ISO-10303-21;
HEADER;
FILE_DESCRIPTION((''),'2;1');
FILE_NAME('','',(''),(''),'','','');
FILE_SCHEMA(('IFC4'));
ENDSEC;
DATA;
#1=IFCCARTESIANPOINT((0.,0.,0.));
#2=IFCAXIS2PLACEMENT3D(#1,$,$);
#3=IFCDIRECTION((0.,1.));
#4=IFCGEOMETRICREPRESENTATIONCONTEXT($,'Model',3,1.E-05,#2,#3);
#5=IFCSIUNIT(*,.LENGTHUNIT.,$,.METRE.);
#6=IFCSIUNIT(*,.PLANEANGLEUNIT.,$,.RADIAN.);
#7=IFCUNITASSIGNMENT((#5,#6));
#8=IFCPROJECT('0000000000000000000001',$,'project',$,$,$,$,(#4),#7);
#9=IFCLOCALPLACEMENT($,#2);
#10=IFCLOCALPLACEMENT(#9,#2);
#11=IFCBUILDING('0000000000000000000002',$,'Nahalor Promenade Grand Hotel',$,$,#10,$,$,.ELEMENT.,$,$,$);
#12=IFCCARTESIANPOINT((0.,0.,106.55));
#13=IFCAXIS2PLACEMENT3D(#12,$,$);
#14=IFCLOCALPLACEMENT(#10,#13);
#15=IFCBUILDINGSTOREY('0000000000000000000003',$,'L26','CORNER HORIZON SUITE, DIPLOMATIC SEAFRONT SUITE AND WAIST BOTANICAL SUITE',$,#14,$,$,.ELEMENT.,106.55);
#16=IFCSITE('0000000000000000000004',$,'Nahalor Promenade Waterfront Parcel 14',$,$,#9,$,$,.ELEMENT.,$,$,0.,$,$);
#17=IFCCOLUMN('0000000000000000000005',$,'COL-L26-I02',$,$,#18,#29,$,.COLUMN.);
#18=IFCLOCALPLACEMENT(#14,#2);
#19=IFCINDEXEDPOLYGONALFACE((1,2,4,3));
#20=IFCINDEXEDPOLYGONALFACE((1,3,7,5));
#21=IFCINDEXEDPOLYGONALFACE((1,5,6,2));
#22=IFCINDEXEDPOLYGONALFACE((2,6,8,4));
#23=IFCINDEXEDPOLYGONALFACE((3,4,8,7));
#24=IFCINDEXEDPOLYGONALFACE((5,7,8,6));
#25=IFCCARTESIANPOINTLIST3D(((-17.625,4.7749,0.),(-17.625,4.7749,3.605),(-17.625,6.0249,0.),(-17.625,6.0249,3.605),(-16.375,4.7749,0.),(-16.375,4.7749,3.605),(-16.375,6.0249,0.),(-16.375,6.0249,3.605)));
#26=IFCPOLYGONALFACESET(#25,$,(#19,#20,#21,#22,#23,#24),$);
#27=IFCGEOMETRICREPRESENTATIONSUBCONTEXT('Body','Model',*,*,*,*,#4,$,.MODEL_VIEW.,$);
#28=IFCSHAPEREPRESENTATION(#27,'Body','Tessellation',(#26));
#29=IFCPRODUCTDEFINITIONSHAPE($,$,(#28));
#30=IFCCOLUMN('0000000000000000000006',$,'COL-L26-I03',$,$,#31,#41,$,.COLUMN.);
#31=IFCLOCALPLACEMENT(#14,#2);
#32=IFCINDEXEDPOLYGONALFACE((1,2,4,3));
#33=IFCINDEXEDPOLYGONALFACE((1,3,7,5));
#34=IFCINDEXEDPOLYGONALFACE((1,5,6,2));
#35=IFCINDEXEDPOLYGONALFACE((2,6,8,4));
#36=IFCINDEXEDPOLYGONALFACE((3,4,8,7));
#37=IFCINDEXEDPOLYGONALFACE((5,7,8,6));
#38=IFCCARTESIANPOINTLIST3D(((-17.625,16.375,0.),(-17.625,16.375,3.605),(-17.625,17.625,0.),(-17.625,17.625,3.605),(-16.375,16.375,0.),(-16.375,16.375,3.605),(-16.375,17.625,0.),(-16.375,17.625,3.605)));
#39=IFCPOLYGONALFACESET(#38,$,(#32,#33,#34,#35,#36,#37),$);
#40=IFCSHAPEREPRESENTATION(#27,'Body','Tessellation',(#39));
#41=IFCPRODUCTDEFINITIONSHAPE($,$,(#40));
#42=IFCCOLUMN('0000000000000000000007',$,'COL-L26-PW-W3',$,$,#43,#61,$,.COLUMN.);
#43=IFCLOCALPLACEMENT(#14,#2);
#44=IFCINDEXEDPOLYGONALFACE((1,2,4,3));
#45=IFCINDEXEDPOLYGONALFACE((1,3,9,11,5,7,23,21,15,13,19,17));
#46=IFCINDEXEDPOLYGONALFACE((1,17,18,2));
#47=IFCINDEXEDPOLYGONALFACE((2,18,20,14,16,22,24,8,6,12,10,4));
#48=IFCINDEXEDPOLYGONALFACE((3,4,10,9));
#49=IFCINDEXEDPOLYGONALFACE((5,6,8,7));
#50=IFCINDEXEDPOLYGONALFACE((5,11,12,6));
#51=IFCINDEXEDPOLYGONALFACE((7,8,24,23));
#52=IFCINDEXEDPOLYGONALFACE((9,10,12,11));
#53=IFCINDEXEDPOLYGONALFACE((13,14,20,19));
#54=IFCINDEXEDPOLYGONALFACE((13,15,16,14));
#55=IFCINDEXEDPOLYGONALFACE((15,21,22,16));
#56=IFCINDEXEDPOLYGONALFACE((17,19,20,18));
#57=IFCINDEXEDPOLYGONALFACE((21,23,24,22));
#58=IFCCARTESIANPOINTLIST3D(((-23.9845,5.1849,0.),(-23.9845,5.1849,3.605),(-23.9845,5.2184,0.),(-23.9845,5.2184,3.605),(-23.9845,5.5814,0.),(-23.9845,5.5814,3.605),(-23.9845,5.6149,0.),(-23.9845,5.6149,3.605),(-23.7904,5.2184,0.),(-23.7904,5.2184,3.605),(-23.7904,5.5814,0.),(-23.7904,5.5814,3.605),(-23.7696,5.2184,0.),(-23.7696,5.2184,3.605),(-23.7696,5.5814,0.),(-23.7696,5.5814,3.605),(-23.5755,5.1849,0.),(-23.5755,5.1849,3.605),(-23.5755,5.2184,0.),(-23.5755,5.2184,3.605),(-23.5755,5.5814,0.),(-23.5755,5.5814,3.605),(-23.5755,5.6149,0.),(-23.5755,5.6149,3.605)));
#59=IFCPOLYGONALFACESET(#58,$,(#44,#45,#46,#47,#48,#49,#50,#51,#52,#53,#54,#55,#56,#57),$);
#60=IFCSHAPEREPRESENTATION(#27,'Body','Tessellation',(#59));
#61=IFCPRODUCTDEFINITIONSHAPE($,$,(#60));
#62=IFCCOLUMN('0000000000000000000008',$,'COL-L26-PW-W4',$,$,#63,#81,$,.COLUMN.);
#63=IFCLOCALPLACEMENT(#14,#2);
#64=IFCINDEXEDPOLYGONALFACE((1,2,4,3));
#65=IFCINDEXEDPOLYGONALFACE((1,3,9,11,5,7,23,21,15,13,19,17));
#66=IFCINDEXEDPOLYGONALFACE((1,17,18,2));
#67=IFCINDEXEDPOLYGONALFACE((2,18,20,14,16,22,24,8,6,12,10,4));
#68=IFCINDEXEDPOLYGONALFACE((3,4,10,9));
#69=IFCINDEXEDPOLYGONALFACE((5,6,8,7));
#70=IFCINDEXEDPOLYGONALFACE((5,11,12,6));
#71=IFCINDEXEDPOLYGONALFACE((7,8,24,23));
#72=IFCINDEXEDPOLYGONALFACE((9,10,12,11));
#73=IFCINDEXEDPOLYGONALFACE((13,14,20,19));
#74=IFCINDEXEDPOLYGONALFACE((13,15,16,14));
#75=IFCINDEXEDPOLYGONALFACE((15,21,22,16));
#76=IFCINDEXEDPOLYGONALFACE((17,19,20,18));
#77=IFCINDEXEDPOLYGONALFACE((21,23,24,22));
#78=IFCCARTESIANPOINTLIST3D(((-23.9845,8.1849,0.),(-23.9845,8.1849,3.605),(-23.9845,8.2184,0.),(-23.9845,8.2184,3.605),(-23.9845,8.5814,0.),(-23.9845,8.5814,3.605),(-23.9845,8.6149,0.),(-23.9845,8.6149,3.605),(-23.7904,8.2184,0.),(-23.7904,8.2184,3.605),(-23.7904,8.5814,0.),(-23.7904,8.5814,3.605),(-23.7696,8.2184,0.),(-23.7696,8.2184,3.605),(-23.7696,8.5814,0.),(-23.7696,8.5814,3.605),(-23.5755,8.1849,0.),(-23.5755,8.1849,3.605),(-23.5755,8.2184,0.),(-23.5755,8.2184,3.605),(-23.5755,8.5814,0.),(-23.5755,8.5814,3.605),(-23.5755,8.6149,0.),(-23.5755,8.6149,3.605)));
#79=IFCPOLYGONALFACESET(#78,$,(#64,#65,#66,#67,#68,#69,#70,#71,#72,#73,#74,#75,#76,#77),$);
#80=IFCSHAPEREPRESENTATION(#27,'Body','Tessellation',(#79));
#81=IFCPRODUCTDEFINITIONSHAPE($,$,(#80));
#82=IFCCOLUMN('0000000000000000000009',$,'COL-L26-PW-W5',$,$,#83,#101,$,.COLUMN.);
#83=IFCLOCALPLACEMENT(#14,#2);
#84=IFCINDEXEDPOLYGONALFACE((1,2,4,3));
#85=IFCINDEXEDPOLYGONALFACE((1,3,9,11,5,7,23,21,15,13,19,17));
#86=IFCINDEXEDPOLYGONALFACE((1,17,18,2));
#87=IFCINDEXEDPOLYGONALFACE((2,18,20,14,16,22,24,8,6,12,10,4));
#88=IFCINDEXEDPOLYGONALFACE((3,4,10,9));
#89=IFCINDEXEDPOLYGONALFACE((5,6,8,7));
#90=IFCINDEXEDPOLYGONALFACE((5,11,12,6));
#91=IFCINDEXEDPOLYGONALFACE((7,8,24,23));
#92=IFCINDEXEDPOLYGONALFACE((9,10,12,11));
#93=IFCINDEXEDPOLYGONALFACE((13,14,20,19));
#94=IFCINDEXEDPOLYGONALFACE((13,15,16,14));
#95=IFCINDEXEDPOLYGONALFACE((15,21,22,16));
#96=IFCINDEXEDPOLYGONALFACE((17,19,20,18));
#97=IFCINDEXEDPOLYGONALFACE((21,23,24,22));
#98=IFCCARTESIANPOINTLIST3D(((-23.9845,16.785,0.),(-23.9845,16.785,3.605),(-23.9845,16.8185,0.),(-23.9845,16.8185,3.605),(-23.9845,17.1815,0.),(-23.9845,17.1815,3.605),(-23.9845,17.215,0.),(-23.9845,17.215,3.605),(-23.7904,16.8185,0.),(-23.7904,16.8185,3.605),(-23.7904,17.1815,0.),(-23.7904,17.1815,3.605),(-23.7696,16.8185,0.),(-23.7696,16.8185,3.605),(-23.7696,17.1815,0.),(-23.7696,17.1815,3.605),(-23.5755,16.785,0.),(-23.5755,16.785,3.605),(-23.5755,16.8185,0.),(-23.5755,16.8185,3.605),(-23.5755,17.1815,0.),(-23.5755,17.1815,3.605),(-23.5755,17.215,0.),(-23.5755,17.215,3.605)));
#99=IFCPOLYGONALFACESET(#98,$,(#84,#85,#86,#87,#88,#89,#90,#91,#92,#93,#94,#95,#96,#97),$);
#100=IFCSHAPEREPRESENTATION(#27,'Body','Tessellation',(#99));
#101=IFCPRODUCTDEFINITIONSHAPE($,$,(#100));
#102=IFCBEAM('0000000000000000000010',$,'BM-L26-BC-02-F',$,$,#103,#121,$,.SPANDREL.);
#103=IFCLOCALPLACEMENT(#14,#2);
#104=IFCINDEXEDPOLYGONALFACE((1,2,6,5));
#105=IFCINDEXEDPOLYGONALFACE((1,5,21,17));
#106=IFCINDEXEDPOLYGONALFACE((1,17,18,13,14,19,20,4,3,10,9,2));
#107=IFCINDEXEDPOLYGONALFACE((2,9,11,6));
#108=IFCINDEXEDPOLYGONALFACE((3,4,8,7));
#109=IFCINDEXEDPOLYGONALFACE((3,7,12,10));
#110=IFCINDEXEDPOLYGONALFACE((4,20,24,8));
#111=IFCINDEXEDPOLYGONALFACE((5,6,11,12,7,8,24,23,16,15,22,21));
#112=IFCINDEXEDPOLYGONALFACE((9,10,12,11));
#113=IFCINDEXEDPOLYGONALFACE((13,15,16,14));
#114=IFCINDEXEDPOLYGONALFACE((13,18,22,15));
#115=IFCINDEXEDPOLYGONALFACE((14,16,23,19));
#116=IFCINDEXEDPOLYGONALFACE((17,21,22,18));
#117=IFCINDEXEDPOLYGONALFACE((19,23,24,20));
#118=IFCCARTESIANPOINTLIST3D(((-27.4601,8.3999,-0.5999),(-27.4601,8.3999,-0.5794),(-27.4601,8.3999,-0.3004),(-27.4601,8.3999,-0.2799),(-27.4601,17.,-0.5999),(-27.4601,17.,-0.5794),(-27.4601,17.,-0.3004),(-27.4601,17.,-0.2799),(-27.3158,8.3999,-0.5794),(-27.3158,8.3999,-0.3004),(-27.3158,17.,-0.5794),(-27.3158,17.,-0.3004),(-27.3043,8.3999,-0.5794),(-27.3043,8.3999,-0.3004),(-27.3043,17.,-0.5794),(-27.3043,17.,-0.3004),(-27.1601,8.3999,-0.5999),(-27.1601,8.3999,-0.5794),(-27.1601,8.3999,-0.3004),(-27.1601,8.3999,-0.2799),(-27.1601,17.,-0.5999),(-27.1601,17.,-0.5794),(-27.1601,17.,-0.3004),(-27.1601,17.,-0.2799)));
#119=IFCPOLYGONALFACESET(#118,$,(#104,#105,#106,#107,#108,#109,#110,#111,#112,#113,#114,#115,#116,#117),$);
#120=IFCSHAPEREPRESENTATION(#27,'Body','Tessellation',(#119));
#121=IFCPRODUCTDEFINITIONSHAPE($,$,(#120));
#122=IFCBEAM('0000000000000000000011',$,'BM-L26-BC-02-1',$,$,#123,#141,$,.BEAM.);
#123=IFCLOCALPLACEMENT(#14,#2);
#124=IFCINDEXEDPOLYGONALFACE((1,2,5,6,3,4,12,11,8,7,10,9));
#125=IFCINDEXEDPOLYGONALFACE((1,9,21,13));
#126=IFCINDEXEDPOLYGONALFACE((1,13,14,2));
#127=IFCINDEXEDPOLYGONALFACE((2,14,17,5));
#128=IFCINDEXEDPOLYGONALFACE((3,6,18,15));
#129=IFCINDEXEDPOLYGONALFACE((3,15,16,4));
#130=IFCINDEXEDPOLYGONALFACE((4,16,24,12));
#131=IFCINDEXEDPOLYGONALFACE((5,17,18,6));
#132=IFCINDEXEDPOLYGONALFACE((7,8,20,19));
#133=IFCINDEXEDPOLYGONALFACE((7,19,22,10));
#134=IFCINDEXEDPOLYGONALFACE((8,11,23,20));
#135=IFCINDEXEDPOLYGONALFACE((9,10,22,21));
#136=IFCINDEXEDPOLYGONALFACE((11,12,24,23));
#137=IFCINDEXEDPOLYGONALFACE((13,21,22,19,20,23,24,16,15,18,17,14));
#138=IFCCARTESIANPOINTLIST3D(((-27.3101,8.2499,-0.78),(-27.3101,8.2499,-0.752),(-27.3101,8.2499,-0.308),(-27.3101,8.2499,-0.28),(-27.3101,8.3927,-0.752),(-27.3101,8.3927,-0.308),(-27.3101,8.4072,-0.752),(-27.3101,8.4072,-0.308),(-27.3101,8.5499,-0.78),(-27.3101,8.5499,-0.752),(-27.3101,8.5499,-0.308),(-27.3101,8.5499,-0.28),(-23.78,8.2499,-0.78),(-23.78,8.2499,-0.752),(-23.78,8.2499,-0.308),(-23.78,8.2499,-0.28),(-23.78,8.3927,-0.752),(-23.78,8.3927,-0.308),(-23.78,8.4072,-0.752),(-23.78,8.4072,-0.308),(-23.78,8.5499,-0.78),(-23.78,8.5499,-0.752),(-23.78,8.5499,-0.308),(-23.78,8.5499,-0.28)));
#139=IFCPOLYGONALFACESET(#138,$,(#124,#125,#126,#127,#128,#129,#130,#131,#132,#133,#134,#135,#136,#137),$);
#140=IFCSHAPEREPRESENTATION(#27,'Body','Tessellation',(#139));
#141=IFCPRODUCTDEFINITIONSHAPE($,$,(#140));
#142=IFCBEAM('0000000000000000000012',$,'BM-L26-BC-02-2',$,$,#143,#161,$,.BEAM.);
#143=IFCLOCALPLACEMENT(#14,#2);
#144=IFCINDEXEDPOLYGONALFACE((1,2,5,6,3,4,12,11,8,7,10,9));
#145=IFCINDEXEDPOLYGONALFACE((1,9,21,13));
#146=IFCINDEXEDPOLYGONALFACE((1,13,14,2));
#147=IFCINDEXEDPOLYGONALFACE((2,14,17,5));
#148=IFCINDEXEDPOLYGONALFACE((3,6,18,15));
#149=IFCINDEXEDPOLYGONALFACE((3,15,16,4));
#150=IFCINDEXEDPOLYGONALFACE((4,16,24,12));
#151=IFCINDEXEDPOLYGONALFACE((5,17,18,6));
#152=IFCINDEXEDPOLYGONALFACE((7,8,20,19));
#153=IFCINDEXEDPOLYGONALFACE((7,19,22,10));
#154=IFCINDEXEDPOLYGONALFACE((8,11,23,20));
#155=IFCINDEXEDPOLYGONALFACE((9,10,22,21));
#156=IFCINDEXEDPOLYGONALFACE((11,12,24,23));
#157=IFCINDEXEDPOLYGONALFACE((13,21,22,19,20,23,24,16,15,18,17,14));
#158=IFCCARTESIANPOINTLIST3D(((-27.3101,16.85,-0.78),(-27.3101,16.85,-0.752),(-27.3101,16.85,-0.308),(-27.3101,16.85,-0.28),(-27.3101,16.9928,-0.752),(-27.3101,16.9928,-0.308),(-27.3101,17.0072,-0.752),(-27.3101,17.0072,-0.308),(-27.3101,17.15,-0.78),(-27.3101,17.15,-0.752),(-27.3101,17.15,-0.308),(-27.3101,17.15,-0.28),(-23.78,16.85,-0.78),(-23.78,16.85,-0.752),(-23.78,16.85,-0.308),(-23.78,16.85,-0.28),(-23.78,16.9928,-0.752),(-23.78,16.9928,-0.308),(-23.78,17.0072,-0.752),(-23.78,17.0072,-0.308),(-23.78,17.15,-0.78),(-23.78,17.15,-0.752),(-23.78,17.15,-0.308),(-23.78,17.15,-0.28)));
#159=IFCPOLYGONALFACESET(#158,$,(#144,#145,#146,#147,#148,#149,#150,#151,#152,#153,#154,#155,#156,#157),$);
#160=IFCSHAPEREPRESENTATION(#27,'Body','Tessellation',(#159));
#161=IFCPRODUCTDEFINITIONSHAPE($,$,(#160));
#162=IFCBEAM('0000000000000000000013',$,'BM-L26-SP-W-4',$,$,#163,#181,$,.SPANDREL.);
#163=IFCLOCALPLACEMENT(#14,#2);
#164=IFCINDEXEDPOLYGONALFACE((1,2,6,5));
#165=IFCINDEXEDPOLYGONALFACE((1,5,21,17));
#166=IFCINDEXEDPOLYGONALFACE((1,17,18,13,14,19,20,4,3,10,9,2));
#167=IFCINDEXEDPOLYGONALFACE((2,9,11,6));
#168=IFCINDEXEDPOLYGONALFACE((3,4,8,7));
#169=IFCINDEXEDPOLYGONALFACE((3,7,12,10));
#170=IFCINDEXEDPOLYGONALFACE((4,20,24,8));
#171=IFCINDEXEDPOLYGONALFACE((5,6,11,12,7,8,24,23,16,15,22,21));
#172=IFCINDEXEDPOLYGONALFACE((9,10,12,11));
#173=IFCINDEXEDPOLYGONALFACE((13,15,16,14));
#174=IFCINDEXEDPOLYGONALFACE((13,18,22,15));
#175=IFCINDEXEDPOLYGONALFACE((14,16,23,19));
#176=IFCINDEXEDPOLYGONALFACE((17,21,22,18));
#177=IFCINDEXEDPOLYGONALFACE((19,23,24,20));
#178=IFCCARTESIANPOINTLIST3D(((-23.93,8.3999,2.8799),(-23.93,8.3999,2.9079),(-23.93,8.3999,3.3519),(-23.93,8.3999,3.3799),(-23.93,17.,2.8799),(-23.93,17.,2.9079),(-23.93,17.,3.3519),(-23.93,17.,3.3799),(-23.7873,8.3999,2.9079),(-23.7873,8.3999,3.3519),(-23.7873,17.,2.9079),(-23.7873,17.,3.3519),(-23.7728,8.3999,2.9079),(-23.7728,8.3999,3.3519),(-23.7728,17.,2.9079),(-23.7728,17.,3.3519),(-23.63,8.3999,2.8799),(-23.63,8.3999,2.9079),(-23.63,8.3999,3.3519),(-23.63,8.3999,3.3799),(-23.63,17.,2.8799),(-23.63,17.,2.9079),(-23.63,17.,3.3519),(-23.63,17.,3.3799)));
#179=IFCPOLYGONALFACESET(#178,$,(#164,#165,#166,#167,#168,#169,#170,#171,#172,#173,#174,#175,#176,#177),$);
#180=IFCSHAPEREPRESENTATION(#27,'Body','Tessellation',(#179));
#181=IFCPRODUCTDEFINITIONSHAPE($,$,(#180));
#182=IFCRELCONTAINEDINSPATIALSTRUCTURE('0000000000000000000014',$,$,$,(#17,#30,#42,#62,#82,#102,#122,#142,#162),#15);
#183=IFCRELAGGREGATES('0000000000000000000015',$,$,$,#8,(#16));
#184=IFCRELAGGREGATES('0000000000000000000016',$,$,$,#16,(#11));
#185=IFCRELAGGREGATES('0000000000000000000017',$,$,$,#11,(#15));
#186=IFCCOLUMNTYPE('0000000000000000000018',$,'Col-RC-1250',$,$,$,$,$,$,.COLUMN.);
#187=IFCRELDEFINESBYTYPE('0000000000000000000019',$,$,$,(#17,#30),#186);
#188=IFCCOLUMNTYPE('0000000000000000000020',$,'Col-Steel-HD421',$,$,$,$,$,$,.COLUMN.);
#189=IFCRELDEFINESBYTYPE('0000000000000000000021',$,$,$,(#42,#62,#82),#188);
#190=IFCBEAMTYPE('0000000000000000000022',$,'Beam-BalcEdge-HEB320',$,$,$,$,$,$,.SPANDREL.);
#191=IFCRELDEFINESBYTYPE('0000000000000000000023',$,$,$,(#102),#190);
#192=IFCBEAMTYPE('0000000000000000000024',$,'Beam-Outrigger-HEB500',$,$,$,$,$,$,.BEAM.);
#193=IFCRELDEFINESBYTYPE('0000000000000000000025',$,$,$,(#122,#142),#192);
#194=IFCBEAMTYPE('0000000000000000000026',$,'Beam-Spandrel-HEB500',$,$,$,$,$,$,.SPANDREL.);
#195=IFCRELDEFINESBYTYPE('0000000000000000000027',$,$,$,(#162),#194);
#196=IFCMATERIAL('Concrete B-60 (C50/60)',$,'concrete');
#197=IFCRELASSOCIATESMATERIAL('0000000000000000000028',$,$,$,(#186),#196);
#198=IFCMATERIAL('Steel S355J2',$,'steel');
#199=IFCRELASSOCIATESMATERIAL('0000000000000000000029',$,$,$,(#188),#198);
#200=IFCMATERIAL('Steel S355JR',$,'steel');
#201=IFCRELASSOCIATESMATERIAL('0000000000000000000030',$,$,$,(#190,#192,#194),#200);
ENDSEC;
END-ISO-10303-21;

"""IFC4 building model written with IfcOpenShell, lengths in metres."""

from ifc_helpers import new_model, si_unit, direction, frame, origin, origin_2d, place, context, subcontext, project, spatial, rectangle, i_section, extrude, source, transform, mapped, material, material_profile, profile_set, type_object, element, save


model = new_model("IFC4")

# Units and contexts
model_context = context("Model", 3, precision=1e-05, world=origin(), true_north=direction((0.0, 1.0)))
body_context = subcontext(model_context, "Body", "Model", "MODEL_VIEW")
ifc_project = project(units=[si_unit("LENGTHUNIT", "METRE"), si_unit("PLANEANGLEUNIT", "RADIAN")], contexts=[model_context])

# Site, building, storey
site_placement = place(None, origin())
site = spatial("IfcSite", under=ifc_project, at=site_placement, Name="Nahalor Promenade Waterfront Parcel 14", CompositionType="ELEMENT", RefElevation=0.0)
building_placement = place(site_placement, origin())
building = spatial("IfcBuilding", under=site, at=building_placement, Name="Nahalor Promenade Grand Hotel", CompositionType="ELEMENT")
storey_placement = place(building_placement, frame((0.0, 0.0, 106.55)))
storey = spatial("IfcBuildingStorey", under=building, at=storey_placement, Name="L26", Description="CORNER HORIZON SUITE, DIPLOMATIC SEAFRONT SUITE AND WAIST BOTANICAL SUITE", CompositionType="ELEMENT", Elevation=106.55)

# Columns
ifc_material_1 = material(Name="Concrete B-60 (C50/60)", Category="concrete")
ifc_material_profile_1 = material_profile(ifc_material_1, rectangle(XDim=1.25, YDim=1.25, at=origin_2d()), Name="RC 1250x1250")
ifc_profile_set_1 = profile_set([ifc_material_profile_1], Name="Concrete B-60 (C50/60)")
column_type_1 = type_object("IfcColumnType", Name="Col-RC-1250", PredefinedType="COLUMN", material=ifc_profile_set_1)
shared_shape_1 = source(origin(), body_context, "Body", "SweptSolid", [
    extrude(rectangle(XDim=1.25, YDim=1.25, at=origin_2d()), origin(), (0.0, 0.0, 1.0), 3.605),
])
for number, where, z_axis, x_axis, name in (
    (1, (-17.0, 5.3999, 0.0), (0.0, 0.0, 1.0), (1.0, 0.0, 0.0), "COL-L26-I02"),
    (2, (-17.0, 17.0, 0.0), (0.0, 0.0, 1.0), (1.0, 0.0, 0.0), "COL-L26-I03"),
):
    element("IfcColumn", number, at=place(storey_placement, frame(where, z_axis=z_axis, x_axis=x_axis)), inside=storey, type_object=column_type_1, Name=name, PredefinedType="COLUMN", context=body_context, shape_type="MappedRepresentation", body=[
        mapped(shared_shape_1, transform((0.0, 0.0, 0.0), scale=1.0)),
    ])
ifc_material_2 = material(Name="Steel S355J2", Category="steel")
ifc_material_profile_2 = material_profile(ifc_material_2, i_section(OverallWidth=0.409, OverallDepth=0.43, WebThickness=0.0208, FlangeThickness=0.0335, at=origin_2d()), Name="HD 400x421")
ifc_profile_set_2 = profile_set([ifc_material_profile_2], Name="Steel S355J2")
column_type_2 = type_object("IfcColumnType", Name="Col-Steel-HD421", PredefinedType="COLUMN", material=ifc_profile_set_2)
shared_shape_2 = source(origin(), body_context, "Body", "SweptSolid", [
    extrude(i_section(OverallWidth=0.409, OverallDepth=0.43, WebThickness=0.0208, FlangeThickness=0.0335, at=origin_2d()), origin(), (0.0, 0.0, 1.0), 3.605),
])
for number, where, z_axis, x_axis, name in (
    (3, (-23.78, 5.3999, 0.0), (0.0, 0.0, 1.0), (1.0, 0.0, 0.0), "COL-L26-PW-W3"),
    (4, (-23.78, 8.3999, 0.0), (0.0, 0.0, 1.0), (1.0, 0.0, 0.0), "COL-L26-PW-W4"),
    (5, (-23.78, 17.0, 0.0), (0.0, 0.0, 1.0), (1.0, 0.0, 0.0), "COL-L26-PW-W5"),
):
    element("IfcColumn", number, at=place(storey_placement, frame(where, z_axis=z_axis, x_axis=x_axis)), inside=storey, type_object=column_type_2, Name=name, PredefinedType="COLUMN", context=body_context, shape_type="MappedRepresentation", body=[
        mapped(shared_shape_2, transform((0.0, 0.0, 0.0), scale=1.0)),
    ])

# Beams
ifc_material_3 = material(Name="Steel S355JR", Category="steel")
ifc_material_profile_3 = material_profile(ifc_material_3, i_section(OverallWidth=0.3, OverallDepth=0.32, WebThickness=0.0115, FlangeThickness=0.0205, at=origin_2d()), Name="HEB 320")
ifc_profile_set_3 = profile_set([ifc_material_profile_3], Name="Steel S355JR")
beam_type_1 = type_object("IfcBeamType", Name="Beam-BalcEdge-HEB320", PredefinedType="SPANDREL", material=ifc_profile_set_3)
shared_shape_3 = source(origin(), body_context, "Body", "SweptSolid", [
    extrude(i_section(OverallWidth=0.3, OverallDepth=0.32, WebThickness=0.0115, FlangeThickness=0.0205, at=origin_2d()), origin(), (0.0, 0.0, 1.0), 8.6001),
])
beam_1_placement = place(storey_placement, frame((-27.3101, 8.3999, -0.4399), z_axis=(0.0, 1.0, 0.0), x_axis=(-1.0, 0.0, 0.0)))
element("IfcBeam", 6, at=beam_1_placement, inside=storey, type_object=beam_type_1, Name="BM-L26-BC-02-F", PredefinedType="SPANDREL", context=body_context, shape_type="MappedRepresentation", body=[
    mapped(shared_shape_3, transform((0.0, 0.0, 0.0), scale=1.0)),
])
ifc_material_profile_4 = material_profile(ifc_material_3, i_section(OverallWidth=0.3, OverallDepth=0.5, WebThickness=0.0145, FlangeThickness=0.028, at=origin_2d()), Name="HEB 500")
ifc_profile_set_4 = profile_set([ifc_material_profile_4], Name="Steel S355JR")
beam_type_2 = type_object("IfcBeamType", Name="Beam-Outrigger-HEB500", PredefinedType="BEAM", material=ifc_profile_set_4)
shared_shape_4 = source(origin(), body_context, "Body", "SweptSolid", [
    extrude(i_section(OverallWidth=0.3, OverallDepth=0.5, WebThickness=0.0145, FlangeThickness=0.028, at=origin_2d()), origin(), (0.0, 0.0, 1.0), 3.53),
])
for number, where, z_axis, x_axis, name in (
    (7, (-27.3101, 8.3999, -0.53), (1.0, 0.0, 0.0), (0.0, 1.0, 0.0), "BM-L26-BC-02-1"),
    (8, (-27.3101, 17.0, -0.53), (1.0, 0.0, 0.0), (0.0, 1.0, 0.0), "BM-L26-BC-02-2"),
):
    element("IfcBeam", number, at=place(storey_placement, frame(where, z_axis=z_axis, x_axis=x_axis)), inside=storey, type_object=beam_type_2, Name=name, PredefinedType="BEAM", context=body_context, shape_type="MappedRepresentation", body=[
        mapped(shared_shape_4, transform((0.0, 0.0, 0.0), scale=1.0)),
    ])
ifc_material_profile_5 = material_profile(ifc_material_3, i_section(OverallWidth=0.3, OverallDepth=0.5, WebThickness=0.0145, FlangeThickness=0.028, at=origin_2d()), Name="HEB 500")
ifc_profile_set_5 = profile_set([ifc_material_profile_5], Name="Steel S355JR")
beam_type_3 = type_object("IfcBeamType", Name="Beam-Spandrel-HEB500", PredefinedType="SPANDREL", material=ifc_profile_set_5)
shared_shape_5 = source(origin(), body_context, "Body", "SweptSolid", [
    extrude(i_section(OverallWidth=0.3, OverallDepth=0.5, WebThickness=0.0145, FlangeThickness=0.028, at=origin_2d()), origin(), (0.0, 0.0, 1.0), 8.6001),
])
beam_2_placement = place(storey_placement, frame((-23.78, 8.3999, 3.1299), z_axis=(0.0, 1.0, 0.0), x_axis=(-1.0, 0.0, 0.0)))
element("IfcBeam", 9, at=beam_2_placement, inside=storey, type_object=beam_type_3, Name="BM-L26-SP-W-4", PredefinedType="SPANDREL", context=body_context, shape_type="MappedRepresentation", body=[
    mapped(shared_shape_5, transform((0.0, 0.0, 0.0), scale=1.0)),
])

save(model, "model.ifc")
